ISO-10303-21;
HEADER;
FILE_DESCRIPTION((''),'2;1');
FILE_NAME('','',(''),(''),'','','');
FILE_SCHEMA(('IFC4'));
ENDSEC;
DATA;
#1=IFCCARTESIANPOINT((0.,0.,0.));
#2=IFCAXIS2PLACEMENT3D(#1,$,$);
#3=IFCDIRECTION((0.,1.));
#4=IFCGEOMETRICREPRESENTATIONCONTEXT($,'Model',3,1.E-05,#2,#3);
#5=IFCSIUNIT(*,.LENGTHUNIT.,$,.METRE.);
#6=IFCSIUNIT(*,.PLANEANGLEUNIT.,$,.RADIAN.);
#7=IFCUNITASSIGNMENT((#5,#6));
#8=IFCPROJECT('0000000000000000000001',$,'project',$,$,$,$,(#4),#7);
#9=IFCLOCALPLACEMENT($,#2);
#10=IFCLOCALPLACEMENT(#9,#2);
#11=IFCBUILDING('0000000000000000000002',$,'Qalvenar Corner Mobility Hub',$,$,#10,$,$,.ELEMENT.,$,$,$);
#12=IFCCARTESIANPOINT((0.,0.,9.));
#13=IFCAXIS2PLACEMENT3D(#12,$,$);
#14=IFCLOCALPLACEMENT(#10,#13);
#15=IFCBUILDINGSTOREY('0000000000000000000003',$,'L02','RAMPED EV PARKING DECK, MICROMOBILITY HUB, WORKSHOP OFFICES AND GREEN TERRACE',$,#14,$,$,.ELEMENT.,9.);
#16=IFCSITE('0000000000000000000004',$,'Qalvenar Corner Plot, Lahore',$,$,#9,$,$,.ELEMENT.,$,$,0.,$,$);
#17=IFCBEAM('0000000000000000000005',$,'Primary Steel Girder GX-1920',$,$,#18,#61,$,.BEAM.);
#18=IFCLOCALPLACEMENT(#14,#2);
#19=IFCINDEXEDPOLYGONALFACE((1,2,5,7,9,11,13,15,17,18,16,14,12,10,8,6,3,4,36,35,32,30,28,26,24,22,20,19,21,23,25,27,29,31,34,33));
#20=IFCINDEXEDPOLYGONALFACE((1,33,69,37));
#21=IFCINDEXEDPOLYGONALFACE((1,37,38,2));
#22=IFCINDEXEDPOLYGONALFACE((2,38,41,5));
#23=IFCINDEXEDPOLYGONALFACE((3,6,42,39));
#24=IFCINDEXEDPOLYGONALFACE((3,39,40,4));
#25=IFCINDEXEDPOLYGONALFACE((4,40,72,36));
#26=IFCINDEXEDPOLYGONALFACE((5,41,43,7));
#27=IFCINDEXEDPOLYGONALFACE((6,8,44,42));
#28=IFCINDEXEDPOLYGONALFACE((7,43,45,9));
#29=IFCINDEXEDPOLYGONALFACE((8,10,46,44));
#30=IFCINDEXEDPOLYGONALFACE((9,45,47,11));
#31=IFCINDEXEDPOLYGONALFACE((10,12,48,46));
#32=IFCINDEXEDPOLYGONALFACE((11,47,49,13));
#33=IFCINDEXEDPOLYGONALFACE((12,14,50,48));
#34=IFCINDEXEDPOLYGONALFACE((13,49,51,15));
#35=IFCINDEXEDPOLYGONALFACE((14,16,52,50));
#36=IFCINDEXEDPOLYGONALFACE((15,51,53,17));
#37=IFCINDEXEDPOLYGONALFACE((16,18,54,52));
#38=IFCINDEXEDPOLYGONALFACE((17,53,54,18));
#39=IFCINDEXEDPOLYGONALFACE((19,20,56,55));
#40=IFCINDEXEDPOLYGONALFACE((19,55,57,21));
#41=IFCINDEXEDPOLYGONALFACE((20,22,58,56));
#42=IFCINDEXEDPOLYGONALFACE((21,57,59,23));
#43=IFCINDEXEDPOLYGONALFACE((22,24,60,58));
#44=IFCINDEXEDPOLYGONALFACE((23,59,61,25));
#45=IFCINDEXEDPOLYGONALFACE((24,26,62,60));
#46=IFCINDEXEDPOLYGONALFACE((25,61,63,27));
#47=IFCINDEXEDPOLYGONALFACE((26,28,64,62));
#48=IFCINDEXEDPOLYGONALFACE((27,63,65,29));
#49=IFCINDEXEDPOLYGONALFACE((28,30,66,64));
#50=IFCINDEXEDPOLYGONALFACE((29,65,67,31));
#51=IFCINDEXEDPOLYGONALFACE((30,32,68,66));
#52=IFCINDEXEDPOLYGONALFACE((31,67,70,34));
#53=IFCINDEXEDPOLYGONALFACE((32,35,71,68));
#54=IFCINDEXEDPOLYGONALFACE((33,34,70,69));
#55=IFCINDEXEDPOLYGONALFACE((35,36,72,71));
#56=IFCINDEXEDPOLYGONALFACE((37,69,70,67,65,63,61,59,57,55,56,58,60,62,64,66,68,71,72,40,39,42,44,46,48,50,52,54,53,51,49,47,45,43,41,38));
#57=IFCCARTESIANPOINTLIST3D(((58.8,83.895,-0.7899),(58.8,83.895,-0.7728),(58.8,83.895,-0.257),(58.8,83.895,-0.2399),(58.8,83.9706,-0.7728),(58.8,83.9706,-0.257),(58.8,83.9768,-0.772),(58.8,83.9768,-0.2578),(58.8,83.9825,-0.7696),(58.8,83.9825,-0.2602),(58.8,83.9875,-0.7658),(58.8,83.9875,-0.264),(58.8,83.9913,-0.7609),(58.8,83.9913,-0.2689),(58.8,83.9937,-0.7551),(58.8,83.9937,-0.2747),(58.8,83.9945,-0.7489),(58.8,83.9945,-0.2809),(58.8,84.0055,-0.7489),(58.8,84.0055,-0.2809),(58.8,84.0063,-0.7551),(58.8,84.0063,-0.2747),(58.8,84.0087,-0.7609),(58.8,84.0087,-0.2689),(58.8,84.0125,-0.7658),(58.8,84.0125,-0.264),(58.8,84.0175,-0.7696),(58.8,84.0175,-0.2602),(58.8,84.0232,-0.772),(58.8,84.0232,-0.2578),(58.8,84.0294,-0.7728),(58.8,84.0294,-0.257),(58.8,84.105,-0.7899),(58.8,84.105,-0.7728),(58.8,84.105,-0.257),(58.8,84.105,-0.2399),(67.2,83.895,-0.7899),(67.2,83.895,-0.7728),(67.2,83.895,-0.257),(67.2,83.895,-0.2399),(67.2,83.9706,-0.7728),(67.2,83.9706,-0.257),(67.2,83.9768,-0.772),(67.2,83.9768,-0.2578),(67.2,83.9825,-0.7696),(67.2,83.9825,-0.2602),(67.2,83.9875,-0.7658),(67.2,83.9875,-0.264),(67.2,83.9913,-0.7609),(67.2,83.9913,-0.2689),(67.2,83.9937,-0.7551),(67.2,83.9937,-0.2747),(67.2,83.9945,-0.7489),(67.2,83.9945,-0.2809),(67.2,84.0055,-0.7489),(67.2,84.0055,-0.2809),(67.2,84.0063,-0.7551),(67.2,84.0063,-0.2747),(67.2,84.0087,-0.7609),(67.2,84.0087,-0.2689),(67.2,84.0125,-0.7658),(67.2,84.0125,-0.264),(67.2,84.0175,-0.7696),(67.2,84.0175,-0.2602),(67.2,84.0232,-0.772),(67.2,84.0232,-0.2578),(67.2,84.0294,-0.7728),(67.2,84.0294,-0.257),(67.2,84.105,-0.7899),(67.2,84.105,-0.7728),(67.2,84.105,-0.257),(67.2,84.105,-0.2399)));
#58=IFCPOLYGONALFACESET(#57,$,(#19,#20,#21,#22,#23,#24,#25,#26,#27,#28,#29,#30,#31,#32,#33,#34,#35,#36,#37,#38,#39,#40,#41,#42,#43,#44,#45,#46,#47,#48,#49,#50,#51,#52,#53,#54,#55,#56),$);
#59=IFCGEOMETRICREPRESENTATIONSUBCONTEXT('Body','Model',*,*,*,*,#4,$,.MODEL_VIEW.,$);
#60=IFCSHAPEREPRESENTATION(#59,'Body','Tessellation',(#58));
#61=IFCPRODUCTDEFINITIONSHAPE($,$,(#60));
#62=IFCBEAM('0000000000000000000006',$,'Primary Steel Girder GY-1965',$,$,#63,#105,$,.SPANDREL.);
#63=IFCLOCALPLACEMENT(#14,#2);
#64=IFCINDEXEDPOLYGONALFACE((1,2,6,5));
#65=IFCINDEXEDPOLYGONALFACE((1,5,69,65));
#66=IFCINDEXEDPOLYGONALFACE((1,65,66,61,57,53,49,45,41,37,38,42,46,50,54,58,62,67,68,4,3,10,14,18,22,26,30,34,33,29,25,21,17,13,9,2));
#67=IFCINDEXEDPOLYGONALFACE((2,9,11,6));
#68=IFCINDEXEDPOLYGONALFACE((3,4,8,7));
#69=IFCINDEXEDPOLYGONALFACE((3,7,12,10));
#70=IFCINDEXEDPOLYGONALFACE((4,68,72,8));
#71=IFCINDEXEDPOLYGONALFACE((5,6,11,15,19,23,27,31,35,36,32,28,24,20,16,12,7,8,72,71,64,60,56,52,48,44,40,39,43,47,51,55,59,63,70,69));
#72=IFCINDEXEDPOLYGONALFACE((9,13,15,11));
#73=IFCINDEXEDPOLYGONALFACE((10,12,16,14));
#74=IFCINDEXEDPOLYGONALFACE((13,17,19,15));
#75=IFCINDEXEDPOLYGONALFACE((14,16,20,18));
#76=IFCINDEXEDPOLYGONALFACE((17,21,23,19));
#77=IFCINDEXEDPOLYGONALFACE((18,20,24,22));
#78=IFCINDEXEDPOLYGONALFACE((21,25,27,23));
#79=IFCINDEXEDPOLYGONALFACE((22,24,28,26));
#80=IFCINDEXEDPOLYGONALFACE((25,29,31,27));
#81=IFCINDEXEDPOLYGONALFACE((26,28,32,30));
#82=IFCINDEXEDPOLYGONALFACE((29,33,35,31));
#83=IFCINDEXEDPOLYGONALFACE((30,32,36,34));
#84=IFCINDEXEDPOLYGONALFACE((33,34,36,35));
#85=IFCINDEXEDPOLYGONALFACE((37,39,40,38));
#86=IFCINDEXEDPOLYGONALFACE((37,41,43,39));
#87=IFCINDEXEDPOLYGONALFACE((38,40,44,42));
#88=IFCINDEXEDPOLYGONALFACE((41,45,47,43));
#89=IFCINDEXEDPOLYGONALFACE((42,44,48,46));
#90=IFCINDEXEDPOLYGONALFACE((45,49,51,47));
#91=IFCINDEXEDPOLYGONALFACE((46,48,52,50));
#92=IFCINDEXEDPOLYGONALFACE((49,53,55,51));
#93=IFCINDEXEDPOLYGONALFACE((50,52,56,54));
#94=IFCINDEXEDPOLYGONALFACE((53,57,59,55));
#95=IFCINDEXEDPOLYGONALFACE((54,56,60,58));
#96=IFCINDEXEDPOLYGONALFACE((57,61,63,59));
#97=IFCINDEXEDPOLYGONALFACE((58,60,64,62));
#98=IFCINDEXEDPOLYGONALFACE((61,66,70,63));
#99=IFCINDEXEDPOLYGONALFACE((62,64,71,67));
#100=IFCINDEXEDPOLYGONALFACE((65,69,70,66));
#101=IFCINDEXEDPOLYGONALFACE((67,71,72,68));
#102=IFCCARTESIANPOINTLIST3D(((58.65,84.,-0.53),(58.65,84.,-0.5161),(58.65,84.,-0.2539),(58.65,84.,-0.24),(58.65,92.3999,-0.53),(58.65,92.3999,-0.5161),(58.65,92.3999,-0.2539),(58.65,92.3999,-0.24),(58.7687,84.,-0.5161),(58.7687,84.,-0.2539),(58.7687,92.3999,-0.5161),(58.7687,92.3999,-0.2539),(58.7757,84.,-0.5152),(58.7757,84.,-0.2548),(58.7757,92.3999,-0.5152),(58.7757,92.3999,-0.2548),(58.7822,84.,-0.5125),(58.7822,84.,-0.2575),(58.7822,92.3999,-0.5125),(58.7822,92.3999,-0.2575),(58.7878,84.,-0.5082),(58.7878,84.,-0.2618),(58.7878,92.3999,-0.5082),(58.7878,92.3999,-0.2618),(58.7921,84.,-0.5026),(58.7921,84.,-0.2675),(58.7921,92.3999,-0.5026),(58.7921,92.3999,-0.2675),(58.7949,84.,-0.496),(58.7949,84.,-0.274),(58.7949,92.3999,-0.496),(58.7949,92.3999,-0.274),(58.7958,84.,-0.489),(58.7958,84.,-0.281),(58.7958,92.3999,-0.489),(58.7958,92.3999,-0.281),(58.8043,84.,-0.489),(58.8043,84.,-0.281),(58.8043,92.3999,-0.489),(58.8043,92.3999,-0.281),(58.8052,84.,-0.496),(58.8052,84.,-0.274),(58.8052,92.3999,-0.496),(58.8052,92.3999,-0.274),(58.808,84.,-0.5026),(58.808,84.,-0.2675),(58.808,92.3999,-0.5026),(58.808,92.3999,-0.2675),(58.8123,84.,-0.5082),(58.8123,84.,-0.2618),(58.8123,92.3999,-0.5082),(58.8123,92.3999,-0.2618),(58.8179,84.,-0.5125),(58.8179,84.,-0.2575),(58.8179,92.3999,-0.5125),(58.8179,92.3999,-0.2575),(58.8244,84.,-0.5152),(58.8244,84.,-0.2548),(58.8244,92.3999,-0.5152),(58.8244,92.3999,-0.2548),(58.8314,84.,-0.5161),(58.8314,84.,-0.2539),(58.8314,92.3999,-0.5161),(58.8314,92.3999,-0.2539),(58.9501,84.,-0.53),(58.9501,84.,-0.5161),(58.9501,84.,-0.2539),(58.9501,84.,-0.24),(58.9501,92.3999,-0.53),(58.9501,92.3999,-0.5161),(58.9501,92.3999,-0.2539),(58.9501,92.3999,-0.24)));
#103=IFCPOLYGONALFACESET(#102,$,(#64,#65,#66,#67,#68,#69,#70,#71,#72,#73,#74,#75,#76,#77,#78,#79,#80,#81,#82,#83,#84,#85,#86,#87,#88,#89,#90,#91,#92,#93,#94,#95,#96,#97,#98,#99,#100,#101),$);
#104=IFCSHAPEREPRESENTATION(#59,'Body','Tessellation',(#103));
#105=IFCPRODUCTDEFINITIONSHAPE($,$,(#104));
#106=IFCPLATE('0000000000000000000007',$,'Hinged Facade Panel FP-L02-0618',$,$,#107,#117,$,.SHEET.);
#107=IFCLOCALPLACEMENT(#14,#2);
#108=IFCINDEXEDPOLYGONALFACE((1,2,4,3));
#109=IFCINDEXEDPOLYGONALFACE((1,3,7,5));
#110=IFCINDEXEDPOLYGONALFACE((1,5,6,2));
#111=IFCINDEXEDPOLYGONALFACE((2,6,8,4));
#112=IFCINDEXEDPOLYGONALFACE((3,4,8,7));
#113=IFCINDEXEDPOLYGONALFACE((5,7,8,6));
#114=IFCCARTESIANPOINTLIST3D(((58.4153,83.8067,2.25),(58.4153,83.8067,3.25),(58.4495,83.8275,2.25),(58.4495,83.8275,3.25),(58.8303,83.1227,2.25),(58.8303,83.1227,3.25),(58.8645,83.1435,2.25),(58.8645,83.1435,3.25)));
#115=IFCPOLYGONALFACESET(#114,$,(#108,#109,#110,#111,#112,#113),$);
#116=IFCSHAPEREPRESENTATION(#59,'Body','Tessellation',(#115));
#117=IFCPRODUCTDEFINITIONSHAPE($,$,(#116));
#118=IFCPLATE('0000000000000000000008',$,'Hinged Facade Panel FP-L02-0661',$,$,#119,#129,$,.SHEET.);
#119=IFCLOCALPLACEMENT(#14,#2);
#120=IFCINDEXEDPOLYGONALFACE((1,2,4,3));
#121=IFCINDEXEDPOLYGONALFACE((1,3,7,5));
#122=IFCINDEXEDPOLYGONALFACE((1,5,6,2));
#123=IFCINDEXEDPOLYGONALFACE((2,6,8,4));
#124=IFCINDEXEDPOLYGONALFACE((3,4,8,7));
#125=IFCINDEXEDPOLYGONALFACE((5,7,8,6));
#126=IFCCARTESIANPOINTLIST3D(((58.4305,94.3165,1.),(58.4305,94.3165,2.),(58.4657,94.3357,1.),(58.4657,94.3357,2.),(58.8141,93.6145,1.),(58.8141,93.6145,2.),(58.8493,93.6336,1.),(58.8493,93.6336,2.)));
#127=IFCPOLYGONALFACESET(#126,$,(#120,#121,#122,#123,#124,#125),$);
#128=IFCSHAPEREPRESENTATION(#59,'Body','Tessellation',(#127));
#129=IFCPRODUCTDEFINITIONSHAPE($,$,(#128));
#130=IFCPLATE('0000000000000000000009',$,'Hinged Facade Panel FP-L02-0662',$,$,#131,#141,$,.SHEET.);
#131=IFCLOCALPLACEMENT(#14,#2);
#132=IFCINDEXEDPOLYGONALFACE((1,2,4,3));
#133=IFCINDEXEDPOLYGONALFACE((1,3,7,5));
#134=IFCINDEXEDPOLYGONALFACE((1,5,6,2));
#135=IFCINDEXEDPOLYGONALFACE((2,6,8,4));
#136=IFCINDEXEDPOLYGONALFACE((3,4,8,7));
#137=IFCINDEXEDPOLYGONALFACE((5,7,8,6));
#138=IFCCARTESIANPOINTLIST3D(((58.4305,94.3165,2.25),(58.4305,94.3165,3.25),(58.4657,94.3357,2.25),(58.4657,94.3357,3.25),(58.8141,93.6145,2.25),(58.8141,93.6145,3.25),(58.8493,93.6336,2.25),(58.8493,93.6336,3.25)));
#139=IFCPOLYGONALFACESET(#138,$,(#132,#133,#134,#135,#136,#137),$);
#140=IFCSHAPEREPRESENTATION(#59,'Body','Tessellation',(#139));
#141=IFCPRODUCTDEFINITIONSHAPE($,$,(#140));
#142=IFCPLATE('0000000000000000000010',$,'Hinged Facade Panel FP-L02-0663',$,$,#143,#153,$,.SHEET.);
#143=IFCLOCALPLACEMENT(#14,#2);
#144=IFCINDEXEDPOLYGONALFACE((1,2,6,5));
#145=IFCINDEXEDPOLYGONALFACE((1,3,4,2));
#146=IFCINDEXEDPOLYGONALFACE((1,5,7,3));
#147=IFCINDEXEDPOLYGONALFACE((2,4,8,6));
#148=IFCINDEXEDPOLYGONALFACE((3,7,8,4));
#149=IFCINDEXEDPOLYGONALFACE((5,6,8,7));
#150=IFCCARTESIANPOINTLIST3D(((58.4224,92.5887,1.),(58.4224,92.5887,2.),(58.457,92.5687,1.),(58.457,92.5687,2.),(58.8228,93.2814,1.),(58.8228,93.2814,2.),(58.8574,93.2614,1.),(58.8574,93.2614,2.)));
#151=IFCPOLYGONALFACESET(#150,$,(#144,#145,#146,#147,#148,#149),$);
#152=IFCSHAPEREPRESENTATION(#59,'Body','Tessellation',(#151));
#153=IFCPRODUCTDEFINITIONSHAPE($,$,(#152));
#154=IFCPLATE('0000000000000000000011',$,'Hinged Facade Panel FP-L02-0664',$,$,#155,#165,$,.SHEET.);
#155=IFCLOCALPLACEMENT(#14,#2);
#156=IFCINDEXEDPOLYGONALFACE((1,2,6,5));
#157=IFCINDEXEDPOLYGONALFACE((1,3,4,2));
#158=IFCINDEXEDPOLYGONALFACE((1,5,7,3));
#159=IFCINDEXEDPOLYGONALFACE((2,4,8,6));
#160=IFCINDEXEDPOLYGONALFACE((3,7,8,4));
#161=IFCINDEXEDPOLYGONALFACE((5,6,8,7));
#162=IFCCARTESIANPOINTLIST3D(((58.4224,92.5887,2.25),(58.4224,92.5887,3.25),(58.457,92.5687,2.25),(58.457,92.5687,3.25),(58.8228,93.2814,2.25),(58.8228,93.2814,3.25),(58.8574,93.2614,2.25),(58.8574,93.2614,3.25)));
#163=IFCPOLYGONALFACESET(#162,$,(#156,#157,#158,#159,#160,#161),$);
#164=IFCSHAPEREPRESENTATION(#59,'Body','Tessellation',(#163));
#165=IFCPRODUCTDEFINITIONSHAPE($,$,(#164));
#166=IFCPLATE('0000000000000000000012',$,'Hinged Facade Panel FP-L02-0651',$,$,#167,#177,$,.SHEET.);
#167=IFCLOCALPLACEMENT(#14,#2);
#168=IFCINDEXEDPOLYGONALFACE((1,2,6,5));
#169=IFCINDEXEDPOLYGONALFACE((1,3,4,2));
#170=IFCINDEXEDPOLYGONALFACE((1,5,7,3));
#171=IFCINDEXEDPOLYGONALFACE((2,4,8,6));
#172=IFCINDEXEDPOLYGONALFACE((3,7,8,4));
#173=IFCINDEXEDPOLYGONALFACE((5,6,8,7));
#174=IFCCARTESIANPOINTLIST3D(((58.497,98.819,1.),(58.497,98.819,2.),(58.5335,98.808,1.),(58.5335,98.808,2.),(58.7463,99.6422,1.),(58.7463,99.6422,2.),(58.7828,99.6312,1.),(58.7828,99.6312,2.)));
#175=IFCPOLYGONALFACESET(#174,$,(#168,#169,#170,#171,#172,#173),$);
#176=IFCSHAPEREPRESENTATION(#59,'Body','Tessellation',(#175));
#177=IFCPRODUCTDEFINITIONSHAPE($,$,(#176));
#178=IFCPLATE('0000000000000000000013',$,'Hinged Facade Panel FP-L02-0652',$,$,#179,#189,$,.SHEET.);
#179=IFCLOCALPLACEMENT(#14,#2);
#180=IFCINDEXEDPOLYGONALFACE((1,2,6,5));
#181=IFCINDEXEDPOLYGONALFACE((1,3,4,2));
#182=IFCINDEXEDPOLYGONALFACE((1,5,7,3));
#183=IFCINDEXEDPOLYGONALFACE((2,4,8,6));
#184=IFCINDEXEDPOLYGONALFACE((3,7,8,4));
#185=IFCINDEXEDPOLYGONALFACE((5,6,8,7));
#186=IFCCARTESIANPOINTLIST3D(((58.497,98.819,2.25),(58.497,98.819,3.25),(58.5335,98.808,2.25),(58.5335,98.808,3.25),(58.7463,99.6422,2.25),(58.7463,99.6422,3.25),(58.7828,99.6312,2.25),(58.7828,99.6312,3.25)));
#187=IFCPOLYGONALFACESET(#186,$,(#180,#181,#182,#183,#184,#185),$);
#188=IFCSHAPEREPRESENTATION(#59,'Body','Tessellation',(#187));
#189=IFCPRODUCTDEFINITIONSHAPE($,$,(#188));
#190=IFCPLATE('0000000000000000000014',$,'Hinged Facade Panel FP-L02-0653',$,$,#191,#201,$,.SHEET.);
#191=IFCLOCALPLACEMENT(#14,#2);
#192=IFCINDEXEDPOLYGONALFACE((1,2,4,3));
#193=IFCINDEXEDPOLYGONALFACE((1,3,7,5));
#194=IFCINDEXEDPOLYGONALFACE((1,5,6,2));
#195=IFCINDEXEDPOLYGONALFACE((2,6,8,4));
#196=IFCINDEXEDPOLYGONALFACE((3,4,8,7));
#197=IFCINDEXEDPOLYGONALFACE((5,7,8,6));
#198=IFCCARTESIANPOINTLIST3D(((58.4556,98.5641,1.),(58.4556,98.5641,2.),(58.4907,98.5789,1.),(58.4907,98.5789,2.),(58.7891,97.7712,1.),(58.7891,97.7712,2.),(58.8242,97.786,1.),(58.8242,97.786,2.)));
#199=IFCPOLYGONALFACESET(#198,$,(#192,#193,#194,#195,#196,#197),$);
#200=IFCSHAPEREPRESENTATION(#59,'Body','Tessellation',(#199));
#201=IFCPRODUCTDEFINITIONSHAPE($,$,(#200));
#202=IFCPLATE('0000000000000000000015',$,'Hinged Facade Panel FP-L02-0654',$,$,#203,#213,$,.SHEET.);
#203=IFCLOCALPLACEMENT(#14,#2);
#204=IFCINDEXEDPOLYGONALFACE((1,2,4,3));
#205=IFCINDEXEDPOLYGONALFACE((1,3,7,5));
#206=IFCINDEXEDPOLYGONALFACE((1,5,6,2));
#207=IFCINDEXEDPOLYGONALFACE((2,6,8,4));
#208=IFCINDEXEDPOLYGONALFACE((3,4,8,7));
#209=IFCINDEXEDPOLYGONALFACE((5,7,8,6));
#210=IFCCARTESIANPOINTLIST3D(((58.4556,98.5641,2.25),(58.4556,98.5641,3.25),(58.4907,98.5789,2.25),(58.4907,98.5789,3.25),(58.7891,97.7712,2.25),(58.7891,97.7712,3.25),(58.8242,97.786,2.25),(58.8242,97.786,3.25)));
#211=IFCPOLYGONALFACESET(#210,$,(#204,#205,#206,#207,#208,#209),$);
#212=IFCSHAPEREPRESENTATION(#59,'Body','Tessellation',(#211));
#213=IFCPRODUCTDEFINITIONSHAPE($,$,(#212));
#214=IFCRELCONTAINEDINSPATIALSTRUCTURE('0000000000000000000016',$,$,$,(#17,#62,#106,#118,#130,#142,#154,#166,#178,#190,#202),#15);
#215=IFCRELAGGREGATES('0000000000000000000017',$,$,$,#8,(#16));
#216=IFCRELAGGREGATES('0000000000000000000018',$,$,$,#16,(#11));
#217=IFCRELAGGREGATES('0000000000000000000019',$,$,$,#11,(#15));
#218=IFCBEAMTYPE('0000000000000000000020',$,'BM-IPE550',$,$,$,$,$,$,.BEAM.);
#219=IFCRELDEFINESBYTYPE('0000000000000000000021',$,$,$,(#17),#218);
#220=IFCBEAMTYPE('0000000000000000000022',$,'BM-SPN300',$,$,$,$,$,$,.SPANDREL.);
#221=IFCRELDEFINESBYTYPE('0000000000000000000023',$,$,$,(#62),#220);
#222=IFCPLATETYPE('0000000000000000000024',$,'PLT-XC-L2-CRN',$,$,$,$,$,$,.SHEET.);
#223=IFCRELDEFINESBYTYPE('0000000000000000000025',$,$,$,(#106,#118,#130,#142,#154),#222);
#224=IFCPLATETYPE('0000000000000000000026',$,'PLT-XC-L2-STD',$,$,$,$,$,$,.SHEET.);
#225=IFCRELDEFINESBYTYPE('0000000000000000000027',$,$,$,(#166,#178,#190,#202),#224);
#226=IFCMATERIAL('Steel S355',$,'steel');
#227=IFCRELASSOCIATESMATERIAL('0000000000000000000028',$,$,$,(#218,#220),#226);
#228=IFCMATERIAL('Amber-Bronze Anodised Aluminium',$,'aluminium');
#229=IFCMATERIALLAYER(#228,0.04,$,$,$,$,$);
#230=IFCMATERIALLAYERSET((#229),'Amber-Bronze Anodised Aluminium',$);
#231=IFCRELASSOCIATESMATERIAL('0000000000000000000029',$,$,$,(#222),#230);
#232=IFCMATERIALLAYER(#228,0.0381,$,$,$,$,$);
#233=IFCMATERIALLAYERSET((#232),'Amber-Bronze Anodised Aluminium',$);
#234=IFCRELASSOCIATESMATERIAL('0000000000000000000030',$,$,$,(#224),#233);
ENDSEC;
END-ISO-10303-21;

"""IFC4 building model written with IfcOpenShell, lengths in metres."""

from ifc_helpers import new_model, si_unit, direction, frame, origin, origin_2d, place, context, subcontext, project, spatial, rectangle, i_section, extrude, material, layer, layer_set, material_profile, profile_set, type_object, element, save


model = new_model("IFC4")

# Units and contexts
model_context = context("Model", 3, precision=1e-05, world=origin(), true_north=direction((0.0, 1.0)))
body_context = subcontext(model_context, "Body", "Model", "MODEL_VIEW")
ifc_project = project(units=[si_unit("LENGTHUNIT", "METRE"), si_unit("PLANEANGLEUNIT", "RADIAN")], contexts=[model_context])

# Site, building, storey
site_placement = place(None, origin())
site = spatial("IfcSite", under=ifc_project, at=site_placement, Name="Qalvenar Corner Plot, Lahore", CompositionType="ELEMENT", RefElevation=0.0)
building_placement = place(site_placement, origin())
building = spatial("IfcBuilding", under=site, at=building_placement, Name="Qalvenar Corner Mobility Hub", CompositionType="ELEMENT")
storey_placement = place(building_placement, frame((0.0, 0.0, 9.0)))
storey = spatial("IfcBuildingStorey", under=building, at=storey_placement, Name="L02", Description="RAMPED EV PARKING DECK, MICROMOBILITY HUB, WORKSHOP OFFICES AND GREEN TERRACE", CompositionType="ELEMENT", Elevation=9.0)

# Beams
ifc_material_1 = material(Name="Steel S355", Category="steel")
ifc_material_profile_1 = material_profile(ifc_material_1, i_section(OverallWidth=0.21, OverallDepth=0.55, WebThickness=0.011, FlangeThickness=0.0171, FilletRadius=0.0239, at=origin_2d()), Name="IPE550")
ifc_profile_set_1 = profile_set([ifc_material_profile_1], Name="Steel S355")
beam_type_1 = type_object("IfcBeamType", Name="BM-IPE550", PredefinedType="BEAM", material=ifc_profile_set_1)
beam_1_placement = place(storey_placement, frame((58.8, 84.0, -0.5149), z_axis=(1.0, 0.0, 0.0), x_axis=(0.0, 1.0, 0.0)))
element("IfcBeam", 1, at=beam_1_placement, inside=storey, type_object=beam_type_1, Name="Primary Steel Girder GX-1920", PredefinedType="BEAM", context=body_context, shape_type="SweptSolid", body=[
    extrude(i_section(OverallWidth=0.21, OverallDepth=0.55, WebThickness=0.011, FlangeThickness=0.0171, FilletRadius=0.0239, at=origin_2d()), origin(), (0.0, 0.0, 1.0), 8.3999),
])
ifc_material_profile_2 = material_profile(ifc_material_1, i_section(OverallWidth=0.3, OverallDepth=0.29, WebThickness=0.0085, FlangeThickness=0.0139, FilletRadius=0.0271, at=origin_2d()), Name="HEA300")
ifc_profile_set_2 = profile_set([ifc_material_profile_2], Name="Steel S355")
beam_type_2 = type_object("IfcBeamType", Name="BM-SPN300", PredefinedType="SPANDREL", material=ifc_profile_set_2)
beam_2_placement = place(storey_placement, frame((58.8, 84.0, -0.385), z_axis=(0.0, 1.0, 0.0), x_axis=(-1.0, 0.0, 0.0)))
element("IfcBeam", 2, at=beam_2_placement, inside=storey, type_object=beam_type_2, Name="Primary Steel Girder GY-1965", PredefinedType="SPANDREL", context=body_context, shape_type="SweptSolid", body=[
    extrude(i_section(OverallWidth=0.3, OverallDepth=0.29, WebThickness=0.0085, FlangeThickness=0.0139, FilletRadius=0.0271, at=origin_2d()), origin(), (0.0, 0.0, 1.0), 8.3999),
])

# Plates
ifc_material_2 = material(Name="Amber-Bronze Anodised Aluminium", Category="aluminium")
ifc_layer_1 = layer(ifc_material_2, 0.04)
ifc_layer_set_1 = layer_set([ifc_layer_1], Name="Amber-Bronze Anodised Aluminium")
plate_type_1 = type_object("IfcPlateType", Name="PLT-XC-L2-CRN", PredefinedType="SHEET", material=ifc_layer_set_1)
for number, where, z_axis, x_axis, name in (
    (3, (58.6399, 83.4751, 2.25), (0.0, 0.0, 1.0), (0.518773, -0.854912, 0.0), "Hinged Facade Panel FP-L02-0618"),
    (4, (58.6399, 93.9751, 1.0), (0.0, 0.0, 1.0), (0.479458, -0.877565, 0.0), "Hinged Facade Panel FP-L02-0661"),
    (5, (58.6399, 93.9751, 2.25), (0.0, 0.0, 1.0), (0.479458, -0.877565, 0.0), "Hinged Facade Panel FP-L02-0662"),
    (6, (58.6399, 92.925, 1.0), (0.0, 0.0, 1.0), (-0.500453, -0.865763, 0.0), "Hinged Facade Panel FP-L02-0663"),
    (7, (58.6399, 92.925, 2.25), (0.0, 0.0, 1.0), (-0.500453, -0.865763, 0.0), "Hinged Facade Panel FP-L02-0664"),
):
    element("IfcPlate", number, at=place(storey_placement, frame(where, z_axis=z_axis, x_axis=x_axis)), inside=storey, type_object=plate_type_1, Name=name, PredefinedType="SHEET", context=body_context, shape_type="SweptSolid", body=[
        extrude(rectangle(XDim=0.8, YDim=0.04, at=origin_2d()), origin(), (0.0, 0.0, 1.0), 1.0),
    ])
ifc_layer_2 = layer(ifc_material_2, 0.0381)
ifc_layer_set_2 = layer_set([ifc_layer_2], Name="Amber-Bronze Anodised Aluminium")
plate_type_2 = type_object("IfcPlateType", Name="PLT-XC-L2-STD", PredefinedType="SHEET", material=ifc_layer_set_2)
for number, where, z_axis, x_axis, name in (
    (8, (58.6399, 99.2251, 1.0), (0.0, 0.0, 1.0), (-0.289867, -0.957067, 0.0), "Hinged Facade Panel FP-L02-0651"),
    (9, (58.6399, 99.2251, 2.25), (0.0, 0.0, 1.0), (-0.289867, -0.957067, 0.0), "Hinged Facade Panel FP-L02-0652"),
    (10, (58.6399, 98.175, 1.0), (0.0, 0.0, 1.0), (0.387676, -0.921796, 0.0), "Hinged Facade Panel FP-L02-0653"),
    (11, (58.6399, 98.175, 2.25), (0.0, 0.0, 1.0), (0.387676, -0.921796, 0.0), "Hinged Facade Panel FP-L02-0654"),
):
    element("IfcPlate", number, at=place(storey_placement, frame(where, z_axis=z_axis, x_axis=x_axis)), inside=storey, type_object=plate_type_2, Name=name, PredefinedType="SHEET", context=body_context, shape_type="SweptSolid", body=[
        extrude(rectangle(XDim=0.8601, YDim=0.0381, at=origin_2d()), origin(), (0.0, 0.0, 1.0), 1.0),
    ])

save(model, "model.ifc")
